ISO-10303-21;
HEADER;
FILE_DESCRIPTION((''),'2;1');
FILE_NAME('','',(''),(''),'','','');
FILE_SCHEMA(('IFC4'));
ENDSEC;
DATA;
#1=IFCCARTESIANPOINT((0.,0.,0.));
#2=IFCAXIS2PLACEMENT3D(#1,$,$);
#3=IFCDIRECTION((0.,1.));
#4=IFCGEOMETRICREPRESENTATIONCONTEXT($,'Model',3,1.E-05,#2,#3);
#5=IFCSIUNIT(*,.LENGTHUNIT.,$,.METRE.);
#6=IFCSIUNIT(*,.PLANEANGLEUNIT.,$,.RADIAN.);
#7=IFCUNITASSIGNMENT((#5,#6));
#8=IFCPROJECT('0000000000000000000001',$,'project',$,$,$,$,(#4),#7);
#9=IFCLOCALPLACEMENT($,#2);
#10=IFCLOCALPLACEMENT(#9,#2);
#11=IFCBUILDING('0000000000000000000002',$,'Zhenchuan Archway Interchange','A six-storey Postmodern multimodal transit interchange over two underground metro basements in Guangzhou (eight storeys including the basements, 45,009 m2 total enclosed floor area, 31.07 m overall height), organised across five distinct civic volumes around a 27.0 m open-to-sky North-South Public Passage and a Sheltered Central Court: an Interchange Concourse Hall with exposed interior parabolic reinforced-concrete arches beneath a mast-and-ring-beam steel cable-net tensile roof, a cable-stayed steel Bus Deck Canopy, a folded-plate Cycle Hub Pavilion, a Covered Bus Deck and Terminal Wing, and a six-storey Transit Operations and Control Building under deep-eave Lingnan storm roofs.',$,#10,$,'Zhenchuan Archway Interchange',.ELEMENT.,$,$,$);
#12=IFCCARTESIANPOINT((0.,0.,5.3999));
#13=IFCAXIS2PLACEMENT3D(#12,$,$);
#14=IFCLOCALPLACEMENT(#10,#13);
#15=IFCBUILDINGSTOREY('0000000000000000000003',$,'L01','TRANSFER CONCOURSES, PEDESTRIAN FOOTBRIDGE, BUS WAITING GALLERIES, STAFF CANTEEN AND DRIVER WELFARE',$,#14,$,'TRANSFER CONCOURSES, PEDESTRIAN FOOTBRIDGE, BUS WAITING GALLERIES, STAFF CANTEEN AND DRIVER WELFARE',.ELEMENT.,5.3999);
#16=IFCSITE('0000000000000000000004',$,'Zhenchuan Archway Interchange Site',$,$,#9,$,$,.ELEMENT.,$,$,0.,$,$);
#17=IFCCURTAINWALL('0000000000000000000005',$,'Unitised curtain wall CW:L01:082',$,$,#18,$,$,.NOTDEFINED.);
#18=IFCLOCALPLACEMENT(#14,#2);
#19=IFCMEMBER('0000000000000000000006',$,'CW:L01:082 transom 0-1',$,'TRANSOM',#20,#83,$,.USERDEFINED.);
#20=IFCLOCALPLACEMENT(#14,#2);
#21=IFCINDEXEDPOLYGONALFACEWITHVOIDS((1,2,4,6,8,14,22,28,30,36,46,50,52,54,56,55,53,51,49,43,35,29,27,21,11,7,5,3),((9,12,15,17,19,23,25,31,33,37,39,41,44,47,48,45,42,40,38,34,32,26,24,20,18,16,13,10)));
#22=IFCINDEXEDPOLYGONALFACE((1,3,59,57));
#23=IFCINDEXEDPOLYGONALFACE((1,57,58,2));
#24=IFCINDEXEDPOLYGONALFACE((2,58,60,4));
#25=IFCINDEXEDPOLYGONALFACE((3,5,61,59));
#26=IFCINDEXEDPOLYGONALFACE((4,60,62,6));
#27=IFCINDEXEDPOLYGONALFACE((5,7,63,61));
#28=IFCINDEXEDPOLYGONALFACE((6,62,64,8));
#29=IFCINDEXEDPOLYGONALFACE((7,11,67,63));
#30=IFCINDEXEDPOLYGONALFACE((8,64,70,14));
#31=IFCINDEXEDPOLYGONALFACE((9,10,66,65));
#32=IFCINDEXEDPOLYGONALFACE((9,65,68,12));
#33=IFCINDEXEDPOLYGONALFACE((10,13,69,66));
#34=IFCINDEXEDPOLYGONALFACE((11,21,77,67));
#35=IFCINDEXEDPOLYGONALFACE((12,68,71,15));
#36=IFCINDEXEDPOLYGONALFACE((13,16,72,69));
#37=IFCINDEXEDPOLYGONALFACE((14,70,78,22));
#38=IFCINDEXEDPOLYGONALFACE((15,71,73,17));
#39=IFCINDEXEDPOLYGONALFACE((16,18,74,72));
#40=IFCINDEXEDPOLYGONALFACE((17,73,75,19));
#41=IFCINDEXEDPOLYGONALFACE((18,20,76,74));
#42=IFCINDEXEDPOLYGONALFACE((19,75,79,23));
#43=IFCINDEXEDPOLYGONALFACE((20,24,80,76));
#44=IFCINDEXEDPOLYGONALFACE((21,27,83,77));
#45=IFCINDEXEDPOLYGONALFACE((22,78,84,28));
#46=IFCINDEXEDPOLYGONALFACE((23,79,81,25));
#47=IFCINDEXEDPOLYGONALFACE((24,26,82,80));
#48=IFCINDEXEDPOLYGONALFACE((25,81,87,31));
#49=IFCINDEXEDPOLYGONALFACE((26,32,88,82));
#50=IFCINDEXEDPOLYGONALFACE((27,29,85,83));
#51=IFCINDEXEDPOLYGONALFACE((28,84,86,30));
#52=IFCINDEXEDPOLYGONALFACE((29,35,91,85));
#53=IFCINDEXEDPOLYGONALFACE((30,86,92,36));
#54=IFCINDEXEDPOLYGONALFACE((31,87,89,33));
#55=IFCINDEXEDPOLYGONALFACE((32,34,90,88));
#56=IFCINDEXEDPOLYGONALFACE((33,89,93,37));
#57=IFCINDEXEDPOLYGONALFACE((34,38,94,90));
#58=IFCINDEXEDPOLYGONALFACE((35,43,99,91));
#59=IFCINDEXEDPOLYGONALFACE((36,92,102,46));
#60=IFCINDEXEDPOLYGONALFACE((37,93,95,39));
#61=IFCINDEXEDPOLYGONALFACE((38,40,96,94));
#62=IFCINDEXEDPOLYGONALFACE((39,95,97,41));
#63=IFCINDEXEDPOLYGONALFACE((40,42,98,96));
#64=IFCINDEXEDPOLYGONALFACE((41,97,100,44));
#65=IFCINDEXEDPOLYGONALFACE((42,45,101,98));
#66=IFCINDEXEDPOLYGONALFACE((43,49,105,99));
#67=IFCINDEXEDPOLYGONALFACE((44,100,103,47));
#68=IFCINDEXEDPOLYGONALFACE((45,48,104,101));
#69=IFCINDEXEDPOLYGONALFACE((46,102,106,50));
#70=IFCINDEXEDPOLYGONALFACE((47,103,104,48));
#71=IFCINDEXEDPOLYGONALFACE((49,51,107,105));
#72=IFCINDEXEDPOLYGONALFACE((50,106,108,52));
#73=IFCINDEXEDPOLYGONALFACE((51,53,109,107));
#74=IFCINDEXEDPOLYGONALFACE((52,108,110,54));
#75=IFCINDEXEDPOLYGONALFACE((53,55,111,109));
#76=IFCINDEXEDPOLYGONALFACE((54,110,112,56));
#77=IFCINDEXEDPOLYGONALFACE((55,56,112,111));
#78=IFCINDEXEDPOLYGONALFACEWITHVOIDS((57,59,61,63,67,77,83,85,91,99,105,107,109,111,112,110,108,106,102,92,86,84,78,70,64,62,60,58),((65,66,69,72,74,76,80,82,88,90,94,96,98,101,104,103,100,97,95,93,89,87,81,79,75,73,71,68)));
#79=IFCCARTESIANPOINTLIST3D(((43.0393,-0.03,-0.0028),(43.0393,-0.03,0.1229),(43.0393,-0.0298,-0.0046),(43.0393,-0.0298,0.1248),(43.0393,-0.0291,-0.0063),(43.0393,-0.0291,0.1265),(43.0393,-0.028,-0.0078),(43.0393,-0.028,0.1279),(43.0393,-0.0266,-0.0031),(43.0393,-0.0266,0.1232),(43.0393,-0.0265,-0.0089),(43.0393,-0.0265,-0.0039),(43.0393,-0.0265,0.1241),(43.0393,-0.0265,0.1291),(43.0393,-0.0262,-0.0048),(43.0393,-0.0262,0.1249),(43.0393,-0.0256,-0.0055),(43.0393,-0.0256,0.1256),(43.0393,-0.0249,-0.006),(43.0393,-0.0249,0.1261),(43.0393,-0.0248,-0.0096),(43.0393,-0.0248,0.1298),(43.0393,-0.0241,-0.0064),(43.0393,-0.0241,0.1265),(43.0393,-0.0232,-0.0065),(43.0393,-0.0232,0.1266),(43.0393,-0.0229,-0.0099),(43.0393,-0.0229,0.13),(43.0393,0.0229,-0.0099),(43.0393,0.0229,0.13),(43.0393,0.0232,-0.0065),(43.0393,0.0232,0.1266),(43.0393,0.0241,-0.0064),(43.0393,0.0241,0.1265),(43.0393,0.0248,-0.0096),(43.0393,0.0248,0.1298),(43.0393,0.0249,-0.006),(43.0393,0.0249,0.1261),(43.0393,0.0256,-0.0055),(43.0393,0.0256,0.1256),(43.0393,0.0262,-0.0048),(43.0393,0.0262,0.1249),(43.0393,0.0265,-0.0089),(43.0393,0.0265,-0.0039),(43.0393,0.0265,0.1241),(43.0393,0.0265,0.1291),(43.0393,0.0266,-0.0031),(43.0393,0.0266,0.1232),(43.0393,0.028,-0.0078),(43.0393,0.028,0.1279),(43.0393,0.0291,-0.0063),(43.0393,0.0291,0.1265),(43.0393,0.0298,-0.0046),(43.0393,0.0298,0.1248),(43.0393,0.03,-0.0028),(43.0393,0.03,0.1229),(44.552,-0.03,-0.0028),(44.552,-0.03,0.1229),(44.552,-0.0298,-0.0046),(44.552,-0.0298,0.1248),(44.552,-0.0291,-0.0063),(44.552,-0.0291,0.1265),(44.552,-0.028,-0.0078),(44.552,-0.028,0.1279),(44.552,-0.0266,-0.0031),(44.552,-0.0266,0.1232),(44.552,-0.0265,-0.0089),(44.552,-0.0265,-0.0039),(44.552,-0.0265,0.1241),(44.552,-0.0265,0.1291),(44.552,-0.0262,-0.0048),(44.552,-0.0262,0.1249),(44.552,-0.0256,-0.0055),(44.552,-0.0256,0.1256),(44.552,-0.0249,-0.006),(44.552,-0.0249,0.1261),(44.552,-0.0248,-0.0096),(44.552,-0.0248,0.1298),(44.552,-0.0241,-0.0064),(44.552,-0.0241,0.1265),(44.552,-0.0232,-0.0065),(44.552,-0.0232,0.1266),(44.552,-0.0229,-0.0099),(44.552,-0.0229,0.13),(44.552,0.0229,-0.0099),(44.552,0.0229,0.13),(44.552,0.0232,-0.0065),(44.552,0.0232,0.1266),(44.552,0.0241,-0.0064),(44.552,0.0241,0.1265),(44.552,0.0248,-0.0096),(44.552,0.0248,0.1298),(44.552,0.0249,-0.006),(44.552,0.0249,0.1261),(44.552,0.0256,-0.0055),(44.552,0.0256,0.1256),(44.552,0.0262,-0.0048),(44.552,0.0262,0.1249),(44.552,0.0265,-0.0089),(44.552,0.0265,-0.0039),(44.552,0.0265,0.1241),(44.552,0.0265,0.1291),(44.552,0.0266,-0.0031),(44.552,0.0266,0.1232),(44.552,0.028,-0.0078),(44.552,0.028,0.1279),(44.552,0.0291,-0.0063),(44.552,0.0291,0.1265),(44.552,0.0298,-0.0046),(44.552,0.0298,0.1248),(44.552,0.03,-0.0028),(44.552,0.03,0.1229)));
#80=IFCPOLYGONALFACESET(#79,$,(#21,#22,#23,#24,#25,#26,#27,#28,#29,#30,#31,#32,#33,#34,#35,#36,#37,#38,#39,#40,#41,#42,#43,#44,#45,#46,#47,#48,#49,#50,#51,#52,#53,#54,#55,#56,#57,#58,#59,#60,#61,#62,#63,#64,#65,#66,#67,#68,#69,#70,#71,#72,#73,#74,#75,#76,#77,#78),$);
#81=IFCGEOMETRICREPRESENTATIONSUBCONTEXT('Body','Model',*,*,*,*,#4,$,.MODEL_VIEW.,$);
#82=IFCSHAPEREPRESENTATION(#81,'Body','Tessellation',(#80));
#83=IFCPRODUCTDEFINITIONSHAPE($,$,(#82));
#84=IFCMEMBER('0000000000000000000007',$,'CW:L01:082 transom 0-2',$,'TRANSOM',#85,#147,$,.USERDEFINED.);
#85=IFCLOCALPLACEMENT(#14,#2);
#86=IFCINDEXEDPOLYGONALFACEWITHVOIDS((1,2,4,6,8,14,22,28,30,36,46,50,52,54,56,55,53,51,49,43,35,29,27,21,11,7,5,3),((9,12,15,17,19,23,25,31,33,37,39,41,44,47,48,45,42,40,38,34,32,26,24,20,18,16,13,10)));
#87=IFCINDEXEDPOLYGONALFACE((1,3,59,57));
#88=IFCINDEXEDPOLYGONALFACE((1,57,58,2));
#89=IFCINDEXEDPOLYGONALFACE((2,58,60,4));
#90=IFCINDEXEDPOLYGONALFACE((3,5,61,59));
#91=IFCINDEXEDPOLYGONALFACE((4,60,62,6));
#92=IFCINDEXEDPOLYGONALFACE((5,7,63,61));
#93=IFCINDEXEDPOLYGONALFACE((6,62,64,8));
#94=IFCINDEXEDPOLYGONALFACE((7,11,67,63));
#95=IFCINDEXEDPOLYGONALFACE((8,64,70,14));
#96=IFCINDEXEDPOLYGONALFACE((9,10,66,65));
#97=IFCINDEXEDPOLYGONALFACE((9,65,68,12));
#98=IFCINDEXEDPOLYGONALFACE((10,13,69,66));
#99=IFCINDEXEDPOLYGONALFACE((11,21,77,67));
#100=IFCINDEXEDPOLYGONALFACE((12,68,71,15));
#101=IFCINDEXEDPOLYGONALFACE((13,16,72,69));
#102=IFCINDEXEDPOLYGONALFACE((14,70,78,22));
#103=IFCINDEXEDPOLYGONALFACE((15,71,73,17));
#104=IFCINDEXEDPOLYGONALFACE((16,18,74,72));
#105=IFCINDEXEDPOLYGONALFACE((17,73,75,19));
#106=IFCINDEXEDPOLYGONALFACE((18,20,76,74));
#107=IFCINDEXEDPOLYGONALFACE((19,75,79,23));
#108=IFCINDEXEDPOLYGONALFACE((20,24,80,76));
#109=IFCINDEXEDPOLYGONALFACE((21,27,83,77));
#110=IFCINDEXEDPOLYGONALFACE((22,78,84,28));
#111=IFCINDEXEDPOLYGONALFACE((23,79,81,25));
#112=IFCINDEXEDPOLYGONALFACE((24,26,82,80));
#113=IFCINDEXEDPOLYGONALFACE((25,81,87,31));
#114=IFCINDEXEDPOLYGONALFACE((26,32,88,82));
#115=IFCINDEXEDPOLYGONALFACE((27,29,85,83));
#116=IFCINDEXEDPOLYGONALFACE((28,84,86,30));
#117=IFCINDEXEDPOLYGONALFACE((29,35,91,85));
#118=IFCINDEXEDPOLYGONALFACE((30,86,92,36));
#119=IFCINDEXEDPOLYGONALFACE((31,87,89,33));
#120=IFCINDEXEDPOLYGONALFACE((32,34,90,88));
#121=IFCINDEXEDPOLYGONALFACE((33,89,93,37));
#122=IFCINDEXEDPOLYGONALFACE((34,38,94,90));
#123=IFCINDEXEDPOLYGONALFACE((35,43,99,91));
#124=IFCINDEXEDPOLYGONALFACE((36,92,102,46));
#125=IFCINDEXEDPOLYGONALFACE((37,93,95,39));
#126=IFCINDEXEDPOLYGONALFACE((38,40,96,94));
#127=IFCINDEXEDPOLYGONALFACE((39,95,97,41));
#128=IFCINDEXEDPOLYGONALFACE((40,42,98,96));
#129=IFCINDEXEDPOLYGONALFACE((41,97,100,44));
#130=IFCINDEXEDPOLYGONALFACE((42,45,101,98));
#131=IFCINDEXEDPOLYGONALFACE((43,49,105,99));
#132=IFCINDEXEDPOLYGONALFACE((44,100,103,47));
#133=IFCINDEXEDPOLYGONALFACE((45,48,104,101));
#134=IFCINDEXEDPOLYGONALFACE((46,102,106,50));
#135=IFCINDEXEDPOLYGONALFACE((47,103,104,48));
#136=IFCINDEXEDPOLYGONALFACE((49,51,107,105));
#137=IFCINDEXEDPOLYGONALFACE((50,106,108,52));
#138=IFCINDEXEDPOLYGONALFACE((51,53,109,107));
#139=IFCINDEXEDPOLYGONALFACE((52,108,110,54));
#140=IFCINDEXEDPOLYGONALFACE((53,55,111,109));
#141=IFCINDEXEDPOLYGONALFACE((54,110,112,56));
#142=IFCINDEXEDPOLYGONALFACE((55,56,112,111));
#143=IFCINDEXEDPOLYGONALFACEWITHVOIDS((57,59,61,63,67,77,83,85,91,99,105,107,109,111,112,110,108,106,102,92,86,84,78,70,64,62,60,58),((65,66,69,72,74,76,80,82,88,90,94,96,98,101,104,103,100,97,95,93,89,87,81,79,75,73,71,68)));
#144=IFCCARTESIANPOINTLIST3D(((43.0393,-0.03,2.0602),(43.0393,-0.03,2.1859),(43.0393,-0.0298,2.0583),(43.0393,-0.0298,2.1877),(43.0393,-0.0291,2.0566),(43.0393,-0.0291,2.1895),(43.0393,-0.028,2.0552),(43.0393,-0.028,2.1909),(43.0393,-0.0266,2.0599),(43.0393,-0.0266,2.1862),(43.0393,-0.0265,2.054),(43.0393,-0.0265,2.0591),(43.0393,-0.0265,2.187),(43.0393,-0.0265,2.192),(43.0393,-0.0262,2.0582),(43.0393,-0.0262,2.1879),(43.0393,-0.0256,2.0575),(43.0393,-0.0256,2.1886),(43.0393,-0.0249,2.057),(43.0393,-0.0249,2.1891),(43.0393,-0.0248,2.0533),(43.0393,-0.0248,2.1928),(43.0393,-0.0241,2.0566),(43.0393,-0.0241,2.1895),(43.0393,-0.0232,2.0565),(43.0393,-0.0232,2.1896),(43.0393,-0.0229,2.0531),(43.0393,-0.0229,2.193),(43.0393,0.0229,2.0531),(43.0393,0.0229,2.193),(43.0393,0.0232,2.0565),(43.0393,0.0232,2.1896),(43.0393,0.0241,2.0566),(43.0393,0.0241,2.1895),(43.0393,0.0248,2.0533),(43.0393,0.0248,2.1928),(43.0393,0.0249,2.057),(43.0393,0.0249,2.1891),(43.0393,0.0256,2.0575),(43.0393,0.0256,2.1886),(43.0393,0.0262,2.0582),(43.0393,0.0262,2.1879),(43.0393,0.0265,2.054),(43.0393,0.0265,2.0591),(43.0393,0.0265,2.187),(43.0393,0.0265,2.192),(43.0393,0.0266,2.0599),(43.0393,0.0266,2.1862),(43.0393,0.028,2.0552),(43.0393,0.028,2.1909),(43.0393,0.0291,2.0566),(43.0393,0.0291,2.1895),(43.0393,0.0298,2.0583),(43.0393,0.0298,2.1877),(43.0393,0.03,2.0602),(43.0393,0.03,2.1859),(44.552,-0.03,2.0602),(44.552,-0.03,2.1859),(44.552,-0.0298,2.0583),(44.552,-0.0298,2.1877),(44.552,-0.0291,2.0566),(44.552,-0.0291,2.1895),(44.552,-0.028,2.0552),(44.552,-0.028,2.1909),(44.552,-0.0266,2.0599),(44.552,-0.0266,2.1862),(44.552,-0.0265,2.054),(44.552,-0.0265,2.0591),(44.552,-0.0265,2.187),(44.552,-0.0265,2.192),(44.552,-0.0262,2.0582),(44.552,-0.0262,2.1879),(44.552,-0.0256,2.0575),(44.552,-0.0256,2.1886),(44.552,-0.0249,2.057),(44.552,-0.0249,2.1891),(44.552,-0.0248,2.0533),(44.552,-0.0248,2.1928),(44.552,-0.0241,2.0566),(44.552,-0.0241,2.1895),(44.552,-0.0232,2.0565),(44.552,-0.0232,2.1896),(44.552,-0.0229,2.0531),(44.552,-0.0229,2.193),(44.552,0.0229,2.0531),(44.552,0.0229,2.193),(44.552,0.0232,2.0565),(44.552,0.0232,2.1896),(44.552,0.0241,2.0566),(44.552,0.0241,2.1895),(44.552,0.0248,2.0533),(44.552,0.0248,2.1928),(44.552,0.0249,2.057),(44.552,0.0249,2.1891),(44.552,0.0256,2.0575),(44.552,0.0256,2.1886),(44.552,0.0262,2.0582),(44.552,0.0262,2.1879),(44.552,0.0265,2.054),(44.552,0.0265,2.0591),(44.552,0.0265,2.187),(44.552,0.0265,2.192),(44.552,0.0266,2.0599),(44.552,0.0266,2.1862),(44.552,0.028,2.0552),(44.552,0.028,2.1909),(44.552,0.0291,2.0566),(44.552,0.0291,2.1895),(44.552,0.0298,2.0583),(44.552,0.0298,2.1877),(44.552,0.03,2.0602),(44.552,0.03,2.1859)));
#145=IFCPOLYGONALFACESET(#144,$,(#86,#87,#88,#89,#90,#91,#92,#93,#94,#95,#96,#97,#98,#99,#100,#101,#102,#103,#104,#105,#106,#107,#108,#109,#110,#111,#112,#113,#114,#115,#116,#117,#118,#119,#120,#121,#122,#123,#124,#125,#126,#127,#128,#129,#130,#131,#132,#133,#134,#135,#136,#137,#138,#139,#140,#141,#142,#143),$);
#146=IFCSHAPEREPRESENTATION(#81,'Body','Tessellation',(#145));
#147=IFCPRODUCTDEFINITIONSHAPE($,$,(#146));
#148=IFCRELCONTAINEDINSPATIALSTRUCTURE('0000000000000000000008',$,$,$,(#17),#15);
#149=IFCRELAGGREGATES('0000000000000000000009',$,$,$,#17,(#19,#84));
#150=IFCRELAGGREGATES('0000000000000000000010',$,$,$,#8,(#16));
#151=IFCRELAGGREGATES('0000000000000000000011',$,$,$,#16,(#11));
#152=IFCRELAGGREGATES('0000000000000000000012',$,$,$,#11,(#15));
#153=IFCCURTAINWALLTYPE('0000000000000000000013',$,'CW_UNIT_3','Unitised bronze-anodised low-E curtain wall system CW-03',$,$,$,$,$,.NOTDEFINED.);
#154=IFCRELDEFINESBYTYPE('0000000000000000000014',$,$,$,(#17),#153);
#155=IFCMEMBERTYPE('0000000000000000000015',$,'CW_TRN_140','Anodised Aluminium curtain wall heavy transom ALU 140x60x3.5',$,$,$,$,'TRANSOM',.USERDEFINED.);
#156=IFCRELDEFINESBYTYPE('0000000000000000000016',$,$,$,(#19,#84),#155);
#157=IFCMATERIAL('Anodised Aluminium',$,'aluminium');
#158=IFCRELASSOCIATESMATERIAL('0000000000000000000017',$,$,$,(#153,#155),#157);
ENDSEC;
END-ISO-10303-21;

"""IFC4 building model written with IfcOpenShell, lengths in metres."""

from ifc_helpers import new_model, si_unit, direction, frame, origin, origin_2d, place, context, subcontext, project, spatial, hollow_rectangle, extrude, material, material_profile, profile_set, type_object, element, aggregate, save


model = new_model("IFC4")

# Units and contexts
model_context = context("Model", 3, precision=1e-05, world=origin(), true_north=direction((0.0, 1.0)))
body_context = subcontext(model_context, "Body", "Model", "MODEL_VIEW")
ifc_project = project(units=[si_unit("LENGTHUNIT", "METRE"), si_unit("PLANEANGLEUNIT", "RADIAN")], contexts=[model_context])

# Site, building, storey
site_placement = place(None, origin())
site = spatial("IfcSite", under=ifc_project, at=site_placement, Name="Zhenchuan Archway Interchange Site", CompositionType="ELEMENT", RefElevation=0.0)
building_placement = place(site_placement, origin())
building = spatial("IfcBuilding", under=site, at=building_placement, Name="Zhenchuan Archway Interchange", Description="A six-storey Postmodern multimodal transit interchange over two underground metro basements in Guangzhou (eight storeys including the basements, 45,009 m2 total enclosed floor area, 31.07 m overall height), organised across five distinct civic volumes around a 27.0 m open-to-sky North-South Public Passage and a Sheltered Central Court: an Interchange Concourse Hall with exposed interior parabolic reinforced-concrete arches beneath a mast-and-ring-beam steel cable-net tensile roof, a cable-stayed steel Bus Deck Canopy, a folded-plate Cycle Hub Pavilion, a Covered Bus Deck and Terminal Wing, and a six-storey Transit Operations and Control Building under deep-eave Lingnan storm roofs.", LongName="Zhenchuan Archway Interchange", CompositionType="ELEMENT")
storey_placement = place(building_placement, frame((0.0, 0.0, 5.3999)))
storey = spatial("IfcBuildingStorey", under=building, at=storey_placement, Name="L01", Description="TRANSFER CONCOURSES, PEDESTRIAN FOOTBRIDGE, BUS WAITING GALLERIES, STAFF CANTEEN AND DRIVER WELFARE", LongName="TRANSFER CONCOURSES, PEDESTRIAN FOOTBRIDGE, BUS WAITING GALLERIES, STAFF CANTEEN AND DRIVER WELFARE", CompositionType="ELEMENT", Elevation=5.3999)

# Curtain wall
ifc_material_1 = material(Name="Anodised Aluminium", Category="aluminium")
curtain_wall_type_1 = type_object("IfcCurtainWallType", Name="CW_UNIT_3", Description="Unitised bronze-anodised low-E curtain wall system CW-03", PredefinedType="NOTDEFINED", material=ifc_material_1)
curtain_wall_1_placement = place(storey_placement, origin())
curtain_wall_1 = element("IfcCurtainWall", 1, at=curtain_wall_1_placement, inside=storey, type_object=curtain_wall_type_1, Name="Unitised curtain wall CW:L01:082", PredefinedType="NOTDEFINED")

# Members
ifc_material_profile_1 = material_profile(ifc_material_1, hollow_rectangle(XDim=0.0601, YDim=0.1399, WallThickness=0.0034, InnerFilletRadius=0.0034, OuterFilletRadius=0.0071, at=origin_2d()), Name="ALU 140x60x3.5")
ifc_profile_set_1 = profile_set([ifc_material_profile_1], Name="Anodised Aluminium")
member_type_1 = type_object("IfcMemberType", Name="CW_TRN_140", Description="Anodised Aluminium curtain wall heavy transom ALU 140x60x3.5", ElementType="TRANSOM", PredefinedType="USERDEFINED", material=ifc_profile_set_1)
member_1_placement = place(storey_placement, frame((44.552, 0.0, 0.0601), z_axis=(-1.0, 0.0, 0.0), x_axis=(0.0, -1.0, 0.0)))
member_1 = element("IfcMember", 2, at=member_1_placement, type_object=member_type_1, Name="CW:L01:082 transom 0-1", ObjectType="TRANSOM", PredefinedType="USERDEFINED", context=body_context, shape_type="SweptSolid", body=[
    extrude(hollow_rectangle(XDim=0.0601, YDim=0.1399, WallThickness=0.0034, InnerFilletRadius=0.0034, OuterFilletRadius=0.0071, at=origin_2d()), origin(), (0.0, 0.0, 1.0), 1.5127),
])
member_2_placement = place(storey_placement, frame((44.552, 0.0, 2.123), z_axis=(-1.0, 0.0, 0.0), x_axis=(0.0, -1.0, 0.0)))
member_2 = element("IfcMember", 3, at=member_2_placement, type_object=member_type_1, Name="CW:L01:082 transom 0-2", ObjectType="TRANSOM", PredefinedType="USERDEFINED", context=body_context, shape_type="SweptSolid", body=[
    extrude(hollow_rectangle(XDim=0.0601, YDim=0.1399, WallThickness=0.0034, InnerFilletRadius=0.0034, OuterFilletRadius=0.0071, at=origin_2d()), origin(), (0.0, 0.0, 1.0), 1.5127),
])

aggregate(curtain_wall_1, [member_1, member_2])

save(model, "model.ifc")
